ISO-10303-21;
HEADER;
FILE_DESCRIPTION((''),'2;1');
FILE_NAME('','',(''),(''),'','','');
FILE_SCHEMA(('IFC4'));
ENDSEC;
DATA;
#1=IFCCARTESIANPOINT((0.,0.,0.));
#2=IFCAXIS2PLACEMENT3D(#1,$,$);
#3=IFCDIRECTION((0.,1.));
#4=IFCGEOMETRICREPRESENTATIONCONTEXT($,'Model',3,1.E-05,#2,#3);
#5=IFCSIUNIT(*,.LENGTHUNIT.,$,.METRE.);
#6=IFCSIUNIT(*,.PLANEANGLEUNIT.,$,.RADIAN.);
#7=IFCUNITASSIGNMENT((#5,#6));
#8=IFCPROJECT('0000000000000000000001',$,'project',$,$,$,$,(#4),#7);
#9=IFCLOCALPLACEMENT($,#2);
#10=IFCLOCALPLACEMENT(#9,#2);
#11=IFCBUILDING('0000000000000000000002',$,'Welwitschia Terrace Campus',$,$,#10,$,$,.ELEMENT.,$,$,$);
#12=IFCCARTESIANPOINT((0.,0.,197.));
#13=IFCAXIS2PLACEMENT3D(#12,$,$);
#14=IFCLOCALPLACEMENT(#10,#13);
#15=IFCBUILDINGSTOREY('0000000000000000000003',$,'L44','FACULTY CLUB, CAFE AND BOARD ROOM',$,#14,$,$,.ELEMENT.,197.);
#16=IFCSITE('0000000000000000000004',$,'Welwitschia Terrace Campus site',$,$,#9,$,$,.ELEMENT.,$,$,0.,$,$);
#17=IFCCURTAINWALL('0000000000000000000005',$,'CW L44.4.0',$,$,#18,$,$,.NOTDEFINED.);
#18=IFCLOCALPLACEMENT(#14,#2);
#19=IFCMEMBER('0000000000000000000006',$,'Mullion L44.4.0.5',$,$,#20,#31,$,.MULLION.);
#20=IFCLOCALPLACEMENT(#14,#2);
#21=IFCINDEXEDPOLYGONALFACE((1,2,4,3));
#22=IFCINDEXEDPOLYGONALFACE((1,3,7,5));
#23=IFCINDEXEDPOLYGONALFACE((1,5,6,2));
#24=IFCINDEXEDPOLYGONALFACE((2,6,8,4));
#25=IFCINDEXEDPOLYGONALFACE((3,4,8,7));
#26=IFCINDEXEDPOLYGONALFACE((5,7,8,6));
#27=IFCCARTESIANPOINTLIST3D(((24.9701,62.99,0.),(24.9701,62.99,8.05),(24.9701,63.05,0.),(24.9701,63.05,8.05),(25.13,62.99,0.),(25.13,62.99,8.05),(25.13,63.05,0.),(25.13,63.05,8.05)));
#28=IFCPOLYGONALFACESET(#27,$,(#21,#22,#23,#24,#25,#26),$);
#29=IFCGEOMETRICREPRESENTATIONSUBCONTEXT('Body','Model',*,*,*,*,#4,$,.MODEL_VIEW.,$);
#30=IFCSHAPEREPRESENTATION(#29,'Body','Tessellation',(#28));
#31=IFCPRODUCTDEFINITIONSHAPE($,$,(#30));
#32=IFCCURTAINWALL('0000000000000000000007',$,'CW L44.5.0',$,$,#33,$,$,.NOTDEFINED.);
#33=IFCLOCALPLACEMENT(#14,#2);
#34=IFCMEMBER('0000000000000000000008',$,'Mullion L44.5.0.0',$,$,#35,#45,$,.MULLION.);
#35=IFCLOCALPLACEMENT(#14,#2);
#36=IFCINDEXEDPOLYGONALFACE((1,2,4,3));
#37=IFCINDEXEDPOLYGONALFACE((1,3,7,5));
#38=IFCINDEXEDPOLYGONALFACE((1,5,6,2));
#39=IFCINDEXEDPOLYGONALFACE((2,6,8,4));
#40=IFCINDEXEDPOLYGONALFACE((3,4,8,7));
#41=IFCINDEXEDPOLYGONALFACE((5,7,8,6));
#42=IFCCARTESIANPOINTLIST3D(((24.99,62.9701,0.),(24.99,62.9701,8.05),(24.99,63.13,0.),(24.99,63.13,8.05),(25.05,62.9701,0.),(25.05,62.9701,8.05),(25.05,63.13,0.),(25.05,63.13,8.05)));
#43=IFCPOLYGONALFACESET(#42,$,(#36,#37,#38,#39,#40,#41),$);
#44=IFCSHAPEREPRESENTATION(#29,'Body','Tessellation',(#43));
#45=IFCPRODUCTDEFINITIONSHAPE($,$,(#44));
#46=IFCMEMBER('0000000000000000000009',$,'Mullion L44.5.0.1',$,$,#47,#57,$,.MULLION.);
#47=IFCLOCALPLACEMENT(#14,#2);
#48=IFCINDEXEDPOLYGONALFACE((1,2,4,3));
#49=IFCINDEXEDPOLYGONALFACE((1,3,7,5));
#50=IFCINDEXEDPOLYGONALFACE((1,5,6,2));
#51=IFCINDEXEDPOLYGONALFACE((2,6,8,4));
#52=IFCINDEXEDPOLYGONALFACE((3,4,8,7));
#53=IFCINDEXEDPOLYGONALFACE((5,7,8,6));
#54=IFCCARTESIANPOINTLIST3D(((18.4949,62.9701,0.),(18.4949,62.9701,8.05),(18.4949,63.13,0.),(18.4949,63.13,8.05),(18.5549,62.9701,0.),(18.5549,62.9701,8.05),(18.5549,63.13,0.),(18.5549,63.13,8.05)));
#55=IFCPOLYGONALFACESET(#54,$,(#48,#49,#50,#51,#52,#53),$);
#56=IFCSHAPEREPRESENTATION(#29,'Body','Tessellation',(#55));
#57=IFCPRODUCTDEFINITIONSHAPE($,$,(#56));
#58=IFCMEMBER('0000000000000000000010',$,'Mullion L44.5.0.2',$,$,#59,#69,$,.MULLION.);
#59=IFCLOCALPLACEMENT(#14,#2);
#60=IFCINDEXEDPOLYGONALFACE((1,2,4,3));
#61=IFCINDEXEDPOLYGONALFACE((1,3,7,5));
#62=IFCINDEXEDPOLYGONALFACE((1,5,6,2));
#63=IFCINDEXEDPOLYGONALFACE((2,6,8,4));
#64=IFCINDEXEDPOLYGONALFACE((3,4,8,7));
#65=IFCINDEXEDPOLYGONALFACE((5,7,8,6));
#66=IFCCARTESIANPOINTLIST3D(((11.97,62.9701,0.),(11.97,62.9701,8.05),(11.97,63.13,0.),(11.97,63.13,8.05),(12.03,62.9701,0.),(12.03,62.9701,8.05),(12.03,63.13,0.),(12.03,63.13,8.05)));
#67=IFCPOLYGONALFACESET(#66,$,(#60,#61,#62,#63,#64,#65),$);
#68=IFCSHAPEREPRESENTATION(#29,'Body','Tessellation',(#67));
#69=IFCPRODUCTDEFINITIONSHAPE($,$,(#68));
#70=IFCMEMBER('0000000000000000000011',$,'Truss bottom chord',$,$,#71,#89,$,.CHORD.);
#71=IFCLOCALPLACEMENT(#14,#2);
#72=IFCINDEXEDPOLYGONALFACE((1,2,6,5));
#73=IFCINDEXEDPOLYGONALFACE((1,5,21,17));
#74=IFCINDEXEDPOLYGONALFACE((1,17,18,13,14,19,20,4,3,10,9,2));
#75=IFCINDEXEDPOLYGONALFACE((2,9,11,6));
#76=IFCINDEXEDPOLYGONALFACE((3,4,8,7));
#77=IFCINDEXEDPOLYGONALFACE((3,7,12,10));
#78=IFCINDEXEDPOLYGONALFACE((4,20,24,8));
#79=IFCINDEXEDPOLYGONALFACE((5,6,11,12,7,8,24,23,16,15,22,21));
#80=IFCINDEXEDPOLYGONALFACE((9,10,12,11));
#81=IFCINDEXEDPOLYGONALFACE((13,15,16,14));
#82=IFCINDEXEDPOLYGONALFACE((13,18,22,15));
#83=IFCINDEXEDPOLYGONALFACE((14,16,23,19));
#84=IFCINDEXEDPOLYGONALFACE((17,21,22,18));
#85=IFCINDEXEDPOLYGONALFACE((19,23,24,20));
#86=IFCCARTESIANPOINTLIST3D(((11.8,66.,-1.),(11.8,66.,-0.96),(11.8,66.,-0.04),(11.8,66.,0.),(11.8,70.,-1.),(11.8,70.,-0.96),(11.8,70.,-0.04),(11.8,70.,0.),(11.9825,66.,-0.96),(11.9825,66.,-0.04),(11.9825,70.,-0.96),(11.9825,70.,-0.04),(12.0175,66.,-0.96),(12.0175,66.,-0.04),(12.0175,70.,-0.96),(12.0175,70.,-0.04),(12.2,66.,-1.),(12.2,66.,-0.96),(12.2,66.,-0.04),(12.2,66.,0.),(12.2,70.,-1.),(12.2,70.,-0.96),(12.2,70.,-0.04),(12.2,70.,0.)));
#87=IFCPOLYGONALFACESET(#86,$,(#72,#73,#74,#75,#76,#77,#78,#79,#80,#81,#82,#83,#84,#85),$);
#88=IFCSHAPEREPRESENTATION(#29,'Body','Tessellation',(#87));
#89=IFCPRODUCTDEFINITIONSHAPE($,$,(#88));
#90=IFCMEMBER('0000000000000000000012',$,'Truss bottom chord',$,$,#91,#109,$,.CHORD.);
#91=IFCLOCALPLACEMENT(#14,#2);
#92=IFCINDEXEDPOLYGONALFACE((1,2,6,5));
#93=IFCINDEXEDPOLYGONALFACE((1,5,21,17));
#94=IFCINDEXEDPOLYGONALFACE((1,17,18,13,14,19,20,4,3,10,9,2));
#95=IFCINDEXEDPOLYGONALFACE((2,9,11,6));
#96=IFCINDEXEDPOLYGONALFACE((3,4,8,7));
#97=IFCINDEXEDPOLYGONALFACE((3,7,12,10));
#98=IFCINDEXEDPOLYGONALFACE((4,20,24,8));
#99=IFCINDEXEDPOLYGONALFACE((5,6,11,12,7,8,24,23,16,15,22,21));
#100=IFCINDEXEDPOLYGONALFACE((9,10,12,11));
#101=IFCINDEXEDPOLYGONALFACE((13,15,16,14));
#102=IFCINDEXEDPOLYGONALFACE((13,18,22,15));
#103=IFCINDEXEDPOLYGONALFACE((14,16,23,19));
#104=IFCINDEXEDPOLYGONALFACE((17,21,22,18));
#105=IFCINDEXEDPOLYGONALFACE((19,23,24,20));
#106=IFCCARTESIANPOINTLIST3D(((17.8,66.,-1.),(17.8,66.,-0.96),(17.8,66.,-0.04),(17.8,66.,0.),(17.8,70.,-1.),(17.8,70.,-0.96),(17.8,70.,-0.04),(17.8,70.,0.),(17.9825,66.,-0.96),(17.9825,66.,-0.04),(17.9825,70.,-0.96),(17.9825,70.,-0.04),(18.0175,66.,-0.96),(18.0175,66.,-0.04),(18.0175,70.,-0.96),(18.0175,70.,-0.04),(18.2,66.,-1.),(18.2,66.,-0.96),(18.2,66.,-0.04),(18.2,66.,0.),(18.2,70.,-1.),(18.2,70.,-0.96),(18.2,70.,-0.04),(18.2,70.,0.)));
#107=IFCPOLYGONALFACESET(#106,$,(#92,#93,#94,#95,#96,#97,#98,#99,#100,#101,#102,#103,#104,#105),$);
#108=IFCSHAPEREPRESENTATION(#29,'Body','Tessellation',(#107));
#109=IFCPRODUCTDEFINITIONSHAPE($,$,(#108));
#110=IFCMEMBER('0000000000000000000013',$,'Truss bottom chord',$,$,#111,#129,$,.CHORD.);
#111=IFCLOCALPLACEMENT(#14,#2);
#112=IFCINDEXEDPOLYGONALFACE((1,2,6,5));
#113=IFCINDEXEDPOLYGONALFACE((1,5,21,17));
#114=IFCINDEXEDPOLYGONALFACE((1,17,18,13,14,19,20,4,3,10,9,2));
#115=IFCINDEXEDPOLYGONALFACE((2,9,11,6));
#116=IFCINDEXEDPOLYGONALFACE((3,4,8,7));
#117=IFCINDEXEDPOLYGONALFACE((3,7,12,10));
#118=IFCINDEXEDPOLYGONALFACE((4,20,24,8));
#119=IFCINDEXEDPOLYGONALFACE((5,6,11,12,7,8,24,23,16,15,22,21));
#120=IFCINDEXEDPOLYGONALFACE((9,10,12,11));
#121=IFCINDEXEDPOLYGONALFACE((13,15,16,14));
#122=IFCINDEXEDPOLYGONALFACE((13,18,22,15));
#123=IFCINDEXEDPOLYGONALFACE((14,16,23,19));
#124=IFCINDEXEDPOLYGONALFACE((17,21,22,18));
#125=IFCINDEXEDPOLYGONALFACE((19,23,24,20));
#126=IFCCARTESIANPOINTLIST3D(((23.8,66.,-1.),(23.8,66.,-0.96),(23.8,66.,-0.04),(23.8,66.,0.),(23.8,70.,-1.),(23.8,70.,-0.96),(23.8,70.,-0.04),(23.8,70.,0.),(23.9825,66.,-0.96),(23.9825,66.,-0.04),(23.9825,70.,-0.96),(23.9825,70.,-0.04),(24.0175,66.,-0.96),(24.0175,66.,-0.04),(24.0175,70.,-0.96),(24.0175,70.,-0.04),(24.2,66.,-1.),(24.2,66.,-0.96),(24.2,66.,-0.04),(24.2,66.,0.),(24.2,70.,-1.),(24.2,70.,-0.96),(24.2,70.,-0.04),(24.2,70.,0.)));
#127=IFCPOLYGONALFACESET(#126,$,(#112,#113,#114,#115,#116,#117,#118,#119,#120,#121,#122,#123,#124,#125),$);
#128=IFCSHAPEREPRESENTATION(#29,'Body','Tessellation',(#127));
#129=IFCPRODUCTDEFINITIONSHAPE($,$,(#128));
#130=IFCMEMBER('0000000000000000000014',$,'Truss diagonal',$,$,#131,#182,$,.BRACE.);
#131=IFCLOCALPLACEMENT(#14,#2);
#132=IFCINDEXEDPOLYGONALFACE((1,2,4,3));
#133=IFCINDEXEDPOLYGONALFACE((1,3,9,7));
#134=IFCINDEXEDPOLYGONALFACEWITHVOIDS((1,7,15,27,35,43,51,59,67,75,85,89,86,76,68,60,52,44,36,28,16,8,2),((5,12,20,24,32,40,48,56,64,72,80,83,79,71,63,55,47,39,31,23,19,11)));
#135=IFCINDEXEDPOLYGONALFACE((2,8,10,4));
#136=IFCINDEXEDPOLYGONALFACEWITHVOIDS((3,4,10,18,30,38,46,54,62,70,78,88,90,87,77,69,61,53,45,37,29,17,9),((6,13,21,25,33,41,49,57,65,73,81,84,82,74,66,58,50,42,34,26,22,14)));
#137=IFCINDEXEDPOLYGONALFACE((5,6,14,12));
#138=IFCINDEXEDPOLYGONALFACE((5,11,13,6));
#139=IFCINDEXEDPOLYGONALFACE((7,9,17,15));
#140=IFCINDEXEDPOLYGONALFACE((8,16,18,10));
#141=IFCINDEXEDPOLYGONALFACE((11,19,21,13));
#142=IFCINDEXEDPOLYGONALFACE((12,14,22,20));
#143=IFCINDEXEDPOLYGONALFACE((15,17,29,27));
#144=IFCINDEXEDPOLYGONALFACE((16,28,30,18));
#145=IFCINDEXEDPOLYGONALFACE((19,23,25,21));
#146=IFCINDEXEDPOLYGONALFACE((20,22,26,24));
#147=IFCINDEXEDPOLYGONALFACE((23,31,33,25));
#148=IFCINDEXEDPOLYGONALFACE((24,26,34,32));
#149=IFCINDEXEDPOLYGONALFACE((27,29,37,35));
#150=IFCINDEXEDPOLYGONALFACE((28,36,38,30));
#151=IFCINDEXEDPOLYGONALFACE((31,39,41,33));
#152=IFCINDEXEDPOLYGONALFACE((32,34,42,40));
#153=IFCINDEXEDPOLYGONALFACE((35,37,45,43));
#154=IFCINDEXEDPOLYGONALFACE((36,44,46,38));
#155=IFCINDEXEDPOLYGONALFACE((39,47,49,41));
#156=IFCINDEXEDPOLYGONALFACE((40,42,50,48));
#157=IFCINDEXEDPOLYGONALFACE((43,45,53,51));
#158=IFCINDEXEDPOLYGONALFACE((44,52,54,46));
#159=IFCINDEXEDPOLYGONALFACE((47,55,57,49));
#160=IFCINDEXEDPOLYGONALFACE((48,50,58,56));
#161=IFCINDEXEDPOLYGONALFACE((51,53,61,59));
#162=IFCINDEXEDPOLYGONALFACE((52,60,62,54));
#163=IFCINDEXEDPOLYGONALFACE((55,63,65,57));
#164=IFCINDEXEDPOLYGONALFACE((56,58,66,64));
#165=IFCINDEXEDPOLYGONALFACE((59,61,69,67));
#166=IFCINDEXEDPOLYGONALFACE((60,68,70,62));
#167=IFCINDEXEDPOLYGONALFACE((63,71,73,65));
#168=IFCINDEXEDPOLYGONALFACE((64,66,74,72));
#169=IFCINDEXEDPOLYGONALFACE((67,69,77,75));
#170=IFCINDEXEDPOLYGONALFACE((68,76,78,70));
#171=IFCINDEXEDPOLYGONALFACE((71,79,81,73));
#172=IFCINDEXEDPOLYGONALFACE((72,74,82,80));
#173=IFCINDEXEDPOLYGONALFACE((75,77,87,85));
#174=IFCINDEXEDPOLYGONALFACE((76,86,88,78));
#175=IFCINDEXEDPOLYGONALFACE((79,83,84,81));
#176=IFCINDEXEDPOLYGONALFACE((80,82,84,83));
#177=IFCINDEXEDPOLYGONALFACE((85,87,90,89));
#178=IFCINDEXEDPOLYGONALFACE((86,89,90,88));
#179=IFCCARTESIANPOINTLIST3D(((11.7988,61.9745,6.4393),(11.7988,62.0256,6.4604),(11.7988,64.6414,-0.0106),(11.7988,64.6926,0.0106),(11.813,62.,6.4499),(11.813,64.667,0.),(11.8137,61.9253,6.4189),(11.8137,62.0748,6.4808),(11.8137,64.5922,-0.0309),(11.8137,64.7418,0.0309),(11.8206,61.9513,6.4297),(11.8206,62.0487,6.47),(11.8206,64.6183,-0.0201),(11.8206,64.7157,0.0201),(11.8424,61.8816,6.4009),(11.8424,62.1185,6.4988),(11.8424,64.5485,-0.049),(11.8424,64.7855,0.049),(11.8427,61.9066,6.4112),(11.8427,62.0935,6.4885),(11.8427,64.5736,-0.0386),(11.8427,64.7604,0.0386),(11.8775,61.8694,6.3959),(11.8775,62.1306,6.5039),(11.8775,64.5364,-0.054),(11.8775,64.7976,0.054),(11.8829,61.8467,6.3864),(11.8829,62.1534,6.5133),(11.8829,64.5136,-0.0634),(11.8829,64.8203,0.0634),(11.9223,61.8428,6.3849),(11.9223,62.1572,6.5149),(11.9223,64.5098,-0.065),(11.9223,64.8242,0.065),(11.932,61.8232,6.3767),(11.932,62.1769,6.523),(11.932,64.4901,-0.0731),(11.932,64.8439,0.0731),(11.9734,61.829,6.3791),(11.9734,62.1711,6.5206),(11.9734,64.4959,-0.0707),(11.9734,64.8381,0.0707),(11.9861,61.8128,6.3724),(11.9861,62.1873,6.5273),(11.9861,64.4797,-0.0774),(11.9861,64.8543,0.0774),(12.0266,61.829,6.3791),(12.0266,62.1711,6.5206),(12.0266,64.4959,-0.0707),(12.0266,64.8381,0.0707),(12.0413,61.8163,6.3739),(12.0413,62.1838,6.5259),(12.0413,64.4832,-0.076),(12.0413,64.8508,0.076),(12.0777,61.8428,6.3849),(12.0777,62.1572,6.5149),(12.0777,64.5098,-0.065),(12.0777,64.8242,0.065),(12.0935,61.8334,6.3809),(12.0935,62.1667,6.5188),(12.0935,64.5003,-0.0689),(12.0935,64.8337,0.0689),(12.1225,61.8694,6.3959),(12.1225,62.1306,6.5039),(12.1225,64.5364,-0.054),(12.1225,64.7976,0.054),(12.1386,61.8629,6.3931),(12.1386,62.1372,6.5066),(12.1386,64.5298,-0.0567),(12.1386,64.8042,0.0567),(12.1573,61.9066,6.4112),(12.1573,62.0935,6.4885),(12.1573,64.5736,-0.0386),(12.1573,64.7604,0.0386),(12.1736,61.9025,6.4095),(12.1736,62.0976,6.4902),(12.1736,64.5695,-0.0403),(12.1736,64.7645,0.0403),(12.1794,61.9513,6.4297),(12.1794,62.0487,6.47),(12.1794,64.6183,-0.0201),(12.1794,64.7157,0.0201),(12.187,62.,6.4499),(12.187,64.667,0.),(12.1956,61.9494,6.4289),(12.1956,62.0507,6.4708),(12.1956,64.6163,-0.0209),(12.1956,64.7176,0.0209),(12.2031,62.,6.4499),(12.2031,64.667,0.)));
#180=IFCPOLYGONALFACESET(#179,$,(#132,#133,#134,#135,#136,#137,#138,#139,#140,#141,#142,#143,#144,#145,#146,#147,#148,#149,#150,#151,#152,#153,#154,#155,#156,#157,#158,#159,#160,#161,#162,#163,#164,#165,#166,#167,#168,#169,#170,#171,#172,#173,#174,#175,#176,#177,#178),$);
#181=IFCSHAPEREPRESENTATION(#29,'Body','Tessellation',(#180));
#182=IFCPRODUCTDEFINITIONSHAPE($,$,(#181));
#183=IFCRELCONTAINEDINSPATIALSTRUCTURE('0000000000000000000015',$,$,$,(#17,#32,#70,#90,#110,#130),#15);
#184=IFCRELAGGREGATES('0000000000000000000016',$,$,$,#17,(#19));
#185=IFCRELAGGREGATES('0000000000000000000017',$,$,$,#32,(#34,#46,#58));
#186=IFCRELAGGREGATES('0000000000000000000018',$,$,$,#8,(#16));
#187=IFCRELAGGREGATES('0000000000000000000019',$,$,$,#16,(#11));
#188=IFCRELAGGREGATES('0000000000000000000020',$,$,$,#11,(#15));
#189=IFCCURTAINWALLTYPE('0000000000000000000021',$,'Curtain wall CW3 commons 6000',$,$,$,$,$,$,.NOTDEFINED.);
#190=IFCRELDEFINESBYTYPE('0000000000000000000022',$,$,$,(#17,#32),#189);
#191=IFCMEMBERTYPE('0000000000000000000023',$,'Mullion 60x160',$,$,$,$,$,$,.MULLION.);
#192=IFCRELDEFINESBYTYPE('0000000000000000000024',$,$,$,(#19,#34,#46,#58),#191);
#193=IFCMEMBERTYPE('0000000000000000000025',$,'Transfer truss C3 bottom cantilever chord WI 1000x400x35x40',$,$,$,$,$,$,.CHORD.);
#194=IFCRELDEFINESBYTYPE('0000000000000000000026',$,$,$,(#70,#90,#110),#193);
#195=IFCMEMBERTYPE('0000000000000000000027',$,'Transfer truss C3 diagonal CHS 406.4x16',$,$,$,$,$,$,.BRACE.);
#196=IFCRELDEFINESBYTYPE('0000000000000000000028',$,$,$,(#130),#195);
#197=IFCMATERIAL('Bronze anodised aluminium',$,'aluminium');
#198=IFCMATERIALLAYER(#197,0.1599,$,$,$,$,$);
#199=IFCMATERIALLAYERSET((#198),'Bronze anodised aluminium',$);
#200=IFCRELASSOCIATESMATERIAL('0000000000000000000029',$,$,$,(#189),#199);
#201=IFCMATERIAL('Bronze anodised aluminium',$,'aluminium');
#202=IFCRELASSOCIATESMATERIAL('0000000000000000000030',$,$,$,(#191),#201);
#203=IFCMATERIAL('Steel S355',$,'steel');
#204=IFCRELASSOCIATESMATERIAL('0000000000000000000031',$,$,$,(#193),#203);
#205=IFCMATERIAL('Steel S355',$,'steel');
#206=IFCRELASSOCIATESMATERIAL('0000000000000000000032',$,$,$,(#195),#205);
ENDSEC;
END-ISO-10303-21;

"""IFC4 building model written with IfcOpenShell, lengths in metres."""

from ifc_helpers import new_model, si_unit, direction, frame, origin, origin_2d, place, context, subcontext, project, spatial, rectangle, hollow_circle, i_section, extrude, material, layer, layer_set, material_profile, profile_set, type_object, element, aggregate, save


model = new_model("IFC4")

# Units and contexts
model_context = context("Model", 3, precision=1e-05, world=origin(), true_north=direction((0.0, 1.0)))
body_context = subcontext(model_context, "Body", "Model", "MODEL_VIEW")
ifc_project = project(units=[si_unit("LENGTHUNIT", "METRE"), si_unit("PLANEANGLEUNIT", "RADIAN")], contexts=[model_context])

# Site, building, storey
site_placement = place(None, origin())
site = spatial("IfcSite", under=ifc_project, at=site_placement, Name="Welwitschia Terrace Campus site", CompositionType="ELEMENT", RefElevation=0.0)
building_placement = place(site_placement, origin())
building = spatial("IfcBuilding", under=site, at=building_placement, Name="Welwitschia Terrace Campus", CompositionType="ELEMENT")
storey_placement = place(building_placement, frame((0.0, 0.0, 197.0)))
storey = spatial("IfcBuildingStorey", under=building, at=storey_placement, Name="L44", Description="FACULTY CLUB, CAFE AND BOARD ROOM", CompositionType="ELEMENT", Elevation=197.0)

# Curtain wall, member
ifc_material_1 = material(Name="Bronze anodised aluminium", Category="aluminium")
ifc_layer_1 = layer(ifc_material_1, 0.1599)
ifc_layer_set_1 = layer_set([ifc_layer_1], Name="Bronze anodised aluminium")
curtain_wall_type = type_object("IfcCurtainWallType", Name="Curtain wall CW3 commons 6000", PredefinedType="NOTDEFINED", material=ifc_layer_set_1)
curtain_wall_1_placement = place(storey_placement, origin())
curtain_wall_1 = element("IfcCurtainWall", 1, at=curtain_wall_1_placement, inside=storey, type_object=curtain_wall_type, Name="CW L44.4.0", PredefinedType="NOTDEFINED")
ifc_material_2 = material(Name="Bronze anodised aluminium", Category="aluminium")
ifc_material_profile_1 = material_profile(ifc_material_2, rectangle(XDim=0.1599, YDim=0.0601, at=origin_2d()))
ifc_profile_set_1 = profile_set([ifc_material_profile_1], Name="Bronze anodised aluminium")
member_type_1 = type_object("IfcMemberType", Name="Mullion 60x160", PredefinedType="MULLION", material=ifc_profile_set_1)
member_1_placement = place(storey_placement, frame((25.05, 63.02, 0.0), z_axis=(0.0, 0.0, 1.0), x_axis=(-1.0, 0.0, 0.0)))
member_1 = element("IfcMember", 2, at=member_1_placement, type_object=member_type_1, Name="Mullion L44.4.0.5", PredefinedType="MULLION", context=body_context, shape_type="SweptSolid", body=[
    extrude(rectangle(XDim=0.1599, YDim=0.0601, at=origin_2d()), origin(), (0.0, 0.0, 1.0), 8.05),
])
aggregate(curtain_wall_1, [member_1])

# Curtain wall, members
curtain_wall_2_placement = place(storey_placement, origin())
curtain_wall_2 = element("IfcCurtainWall", 3, at=curtain_wall_2_placement, inside=storey, type_object=curtain_wall_type, Name="CW L44.5.0", PredefinedType="NOTDEFINED")
member_2_placement = place(storey_placement, frame((25.02, 63.05, 0.0), z_axis=(0.0, 0.0, 1.0), x_axis=(0.0, -1.0, 0.0)))
member_2 = element("IfcMember", 4, at=member_2_placement, type_object=member_type_1, Name="Mullion L44.5.0.0", PredefinedType="MULLION", context=body_context, shape_type="SweptSolid", body=[
    extrude(rectangle(XDim=0.1599, YDim=0.0601, at=origin_2d()), origin(), (0.0, 0.0, 1.0), 8.05),
])
member_3_placement = place(storey_placement, frame((18.5249, 63.05, 0.0), z_axis=(0.0, 0.0, 1.0), x_axis=(0.0, -1.0, 0.0)))
member_3 = element("IfcMember", 5, at=member_3_placement, type_object=member_type_1, Name="Mullion L44.5.0.1", PredefinedType="MULLION", context=body_context, shape_type="SweptSolid", body=[
    extrude(rectangle(XDim=0.1599, YDim=0.0601, at=origin_2d()), origin(), (0.0, 0.0, 1.0), 8.05),
])
member_4_placement = place(storey_placement, frame((12.0, 63.05, 0.0), z_axis=(0.0, 0.0, 1.0), x_axis=(0.0, -1.0, 0.0)))
member_4 = element("IfcMember", 6, at=member_4_placement, type_object=member_type_1, Name="Mullion L44.5.0.2", PredefinedType="MULLION", context=body_context, shape_type="SweptSolid", body=[
    extrude(rectangle(XDim=0.1599, YDim=0.0601, at=origin_2d()), origin(), (0.0, 0.0, 1.0), 8.05),
])

# Members
ifc_material_3 = material(Name="Steel S355", Category="steel")
ifc_material_profile_2 = material_profile(ifc_material_3, i_section(OverallWidth=0.3999, OverallDepth=1.0, WebThickness=0.0349, FlangeThickness=0.04, at=origin_2d()))
ifc_profile_set_2 = profile_set([ifc_material_profile_2], Name="Steel S355")
member_type_2 = type_object("IfcMemberType", Name="Transfer truss C3 bottom cantilever chord WI 1000x400x35x40", PredefinedType="CHORD", material=ifc_profile_set_2)
for number, where, z_axis, x_axis, name in (
    (7, (12.0, 66.0, -0.5), (0.0, 1.0, 0.0), (-1.0, 0.0, 0.0), "Truss bottom chord"),
    (8, (18.0, 66.0, -0.5), (0.0, 1.0, 0.0), (-1.0, 0.0, 0.0), "Truss bottom chord"),
    (9, (24.0, 66.0, -0.5), (0.0, 1.0, 0.0), (-1.0, 0.0, 0.0), "Truss bottom chord"),
):
    element("IfcMember", number, at=place(storey_placement, frame(where, z_axis=z_axis, x_axis=x_axis)), inside=storey, type_object=member_type_2, Name=name, PredefinedType="CHORD", context=body_context, shape_type="SweptSolid", body=[
        extrude(i_section(OverallWidth=0.3999, OverallDepth=1.0, WebThickness=0.0349, FlangeThickness=0.04, at=origin_2d()), origin(), (0.0, 0.0, 1.0), 4.0),
    ])
ifc_material_4 = material(Name="Steel S355", Category="steel")
ifc_material_profile_3 = material_profile(ifc_material_4, hollow_circle(Radius=0.2031, WallThickness=0.0161, at=origin_2d()))
ifc_profile_set_3 = profile_set([ifc_material_profile_3], Name="Steel S355")
member_type_3 = type_object("IfcMemberType", Name="Transfer truss C3 diagonal CHS 406.4x16", PredefinedType="BRACE", material=ifc_profile_set_3)
member_5_placement = place(storey_placement, frame((12.0, 64.667, 0.0), z_axis=(0.0, -0.382113, 0.924116), x_axis=(1.0, 0.0, 0.0)))
element("IfcMember", 10, at=member_5_placement, inside=storey, type_object=member_type_3, Name="Truss diagonal", PredefinedType="BRACE", context=body_context, shape_type="SweptSolid", body=[
    extrude(hollow_circle(Radius=0.2031, WallThickness=0.0161, at=origin_2d()), origin(), (0.0, 0.0, 1.0), 6.9795),
])

aggregate(curtain_wall_2, [member_2, member_3, member_4])

save(model, "model.ifc")
